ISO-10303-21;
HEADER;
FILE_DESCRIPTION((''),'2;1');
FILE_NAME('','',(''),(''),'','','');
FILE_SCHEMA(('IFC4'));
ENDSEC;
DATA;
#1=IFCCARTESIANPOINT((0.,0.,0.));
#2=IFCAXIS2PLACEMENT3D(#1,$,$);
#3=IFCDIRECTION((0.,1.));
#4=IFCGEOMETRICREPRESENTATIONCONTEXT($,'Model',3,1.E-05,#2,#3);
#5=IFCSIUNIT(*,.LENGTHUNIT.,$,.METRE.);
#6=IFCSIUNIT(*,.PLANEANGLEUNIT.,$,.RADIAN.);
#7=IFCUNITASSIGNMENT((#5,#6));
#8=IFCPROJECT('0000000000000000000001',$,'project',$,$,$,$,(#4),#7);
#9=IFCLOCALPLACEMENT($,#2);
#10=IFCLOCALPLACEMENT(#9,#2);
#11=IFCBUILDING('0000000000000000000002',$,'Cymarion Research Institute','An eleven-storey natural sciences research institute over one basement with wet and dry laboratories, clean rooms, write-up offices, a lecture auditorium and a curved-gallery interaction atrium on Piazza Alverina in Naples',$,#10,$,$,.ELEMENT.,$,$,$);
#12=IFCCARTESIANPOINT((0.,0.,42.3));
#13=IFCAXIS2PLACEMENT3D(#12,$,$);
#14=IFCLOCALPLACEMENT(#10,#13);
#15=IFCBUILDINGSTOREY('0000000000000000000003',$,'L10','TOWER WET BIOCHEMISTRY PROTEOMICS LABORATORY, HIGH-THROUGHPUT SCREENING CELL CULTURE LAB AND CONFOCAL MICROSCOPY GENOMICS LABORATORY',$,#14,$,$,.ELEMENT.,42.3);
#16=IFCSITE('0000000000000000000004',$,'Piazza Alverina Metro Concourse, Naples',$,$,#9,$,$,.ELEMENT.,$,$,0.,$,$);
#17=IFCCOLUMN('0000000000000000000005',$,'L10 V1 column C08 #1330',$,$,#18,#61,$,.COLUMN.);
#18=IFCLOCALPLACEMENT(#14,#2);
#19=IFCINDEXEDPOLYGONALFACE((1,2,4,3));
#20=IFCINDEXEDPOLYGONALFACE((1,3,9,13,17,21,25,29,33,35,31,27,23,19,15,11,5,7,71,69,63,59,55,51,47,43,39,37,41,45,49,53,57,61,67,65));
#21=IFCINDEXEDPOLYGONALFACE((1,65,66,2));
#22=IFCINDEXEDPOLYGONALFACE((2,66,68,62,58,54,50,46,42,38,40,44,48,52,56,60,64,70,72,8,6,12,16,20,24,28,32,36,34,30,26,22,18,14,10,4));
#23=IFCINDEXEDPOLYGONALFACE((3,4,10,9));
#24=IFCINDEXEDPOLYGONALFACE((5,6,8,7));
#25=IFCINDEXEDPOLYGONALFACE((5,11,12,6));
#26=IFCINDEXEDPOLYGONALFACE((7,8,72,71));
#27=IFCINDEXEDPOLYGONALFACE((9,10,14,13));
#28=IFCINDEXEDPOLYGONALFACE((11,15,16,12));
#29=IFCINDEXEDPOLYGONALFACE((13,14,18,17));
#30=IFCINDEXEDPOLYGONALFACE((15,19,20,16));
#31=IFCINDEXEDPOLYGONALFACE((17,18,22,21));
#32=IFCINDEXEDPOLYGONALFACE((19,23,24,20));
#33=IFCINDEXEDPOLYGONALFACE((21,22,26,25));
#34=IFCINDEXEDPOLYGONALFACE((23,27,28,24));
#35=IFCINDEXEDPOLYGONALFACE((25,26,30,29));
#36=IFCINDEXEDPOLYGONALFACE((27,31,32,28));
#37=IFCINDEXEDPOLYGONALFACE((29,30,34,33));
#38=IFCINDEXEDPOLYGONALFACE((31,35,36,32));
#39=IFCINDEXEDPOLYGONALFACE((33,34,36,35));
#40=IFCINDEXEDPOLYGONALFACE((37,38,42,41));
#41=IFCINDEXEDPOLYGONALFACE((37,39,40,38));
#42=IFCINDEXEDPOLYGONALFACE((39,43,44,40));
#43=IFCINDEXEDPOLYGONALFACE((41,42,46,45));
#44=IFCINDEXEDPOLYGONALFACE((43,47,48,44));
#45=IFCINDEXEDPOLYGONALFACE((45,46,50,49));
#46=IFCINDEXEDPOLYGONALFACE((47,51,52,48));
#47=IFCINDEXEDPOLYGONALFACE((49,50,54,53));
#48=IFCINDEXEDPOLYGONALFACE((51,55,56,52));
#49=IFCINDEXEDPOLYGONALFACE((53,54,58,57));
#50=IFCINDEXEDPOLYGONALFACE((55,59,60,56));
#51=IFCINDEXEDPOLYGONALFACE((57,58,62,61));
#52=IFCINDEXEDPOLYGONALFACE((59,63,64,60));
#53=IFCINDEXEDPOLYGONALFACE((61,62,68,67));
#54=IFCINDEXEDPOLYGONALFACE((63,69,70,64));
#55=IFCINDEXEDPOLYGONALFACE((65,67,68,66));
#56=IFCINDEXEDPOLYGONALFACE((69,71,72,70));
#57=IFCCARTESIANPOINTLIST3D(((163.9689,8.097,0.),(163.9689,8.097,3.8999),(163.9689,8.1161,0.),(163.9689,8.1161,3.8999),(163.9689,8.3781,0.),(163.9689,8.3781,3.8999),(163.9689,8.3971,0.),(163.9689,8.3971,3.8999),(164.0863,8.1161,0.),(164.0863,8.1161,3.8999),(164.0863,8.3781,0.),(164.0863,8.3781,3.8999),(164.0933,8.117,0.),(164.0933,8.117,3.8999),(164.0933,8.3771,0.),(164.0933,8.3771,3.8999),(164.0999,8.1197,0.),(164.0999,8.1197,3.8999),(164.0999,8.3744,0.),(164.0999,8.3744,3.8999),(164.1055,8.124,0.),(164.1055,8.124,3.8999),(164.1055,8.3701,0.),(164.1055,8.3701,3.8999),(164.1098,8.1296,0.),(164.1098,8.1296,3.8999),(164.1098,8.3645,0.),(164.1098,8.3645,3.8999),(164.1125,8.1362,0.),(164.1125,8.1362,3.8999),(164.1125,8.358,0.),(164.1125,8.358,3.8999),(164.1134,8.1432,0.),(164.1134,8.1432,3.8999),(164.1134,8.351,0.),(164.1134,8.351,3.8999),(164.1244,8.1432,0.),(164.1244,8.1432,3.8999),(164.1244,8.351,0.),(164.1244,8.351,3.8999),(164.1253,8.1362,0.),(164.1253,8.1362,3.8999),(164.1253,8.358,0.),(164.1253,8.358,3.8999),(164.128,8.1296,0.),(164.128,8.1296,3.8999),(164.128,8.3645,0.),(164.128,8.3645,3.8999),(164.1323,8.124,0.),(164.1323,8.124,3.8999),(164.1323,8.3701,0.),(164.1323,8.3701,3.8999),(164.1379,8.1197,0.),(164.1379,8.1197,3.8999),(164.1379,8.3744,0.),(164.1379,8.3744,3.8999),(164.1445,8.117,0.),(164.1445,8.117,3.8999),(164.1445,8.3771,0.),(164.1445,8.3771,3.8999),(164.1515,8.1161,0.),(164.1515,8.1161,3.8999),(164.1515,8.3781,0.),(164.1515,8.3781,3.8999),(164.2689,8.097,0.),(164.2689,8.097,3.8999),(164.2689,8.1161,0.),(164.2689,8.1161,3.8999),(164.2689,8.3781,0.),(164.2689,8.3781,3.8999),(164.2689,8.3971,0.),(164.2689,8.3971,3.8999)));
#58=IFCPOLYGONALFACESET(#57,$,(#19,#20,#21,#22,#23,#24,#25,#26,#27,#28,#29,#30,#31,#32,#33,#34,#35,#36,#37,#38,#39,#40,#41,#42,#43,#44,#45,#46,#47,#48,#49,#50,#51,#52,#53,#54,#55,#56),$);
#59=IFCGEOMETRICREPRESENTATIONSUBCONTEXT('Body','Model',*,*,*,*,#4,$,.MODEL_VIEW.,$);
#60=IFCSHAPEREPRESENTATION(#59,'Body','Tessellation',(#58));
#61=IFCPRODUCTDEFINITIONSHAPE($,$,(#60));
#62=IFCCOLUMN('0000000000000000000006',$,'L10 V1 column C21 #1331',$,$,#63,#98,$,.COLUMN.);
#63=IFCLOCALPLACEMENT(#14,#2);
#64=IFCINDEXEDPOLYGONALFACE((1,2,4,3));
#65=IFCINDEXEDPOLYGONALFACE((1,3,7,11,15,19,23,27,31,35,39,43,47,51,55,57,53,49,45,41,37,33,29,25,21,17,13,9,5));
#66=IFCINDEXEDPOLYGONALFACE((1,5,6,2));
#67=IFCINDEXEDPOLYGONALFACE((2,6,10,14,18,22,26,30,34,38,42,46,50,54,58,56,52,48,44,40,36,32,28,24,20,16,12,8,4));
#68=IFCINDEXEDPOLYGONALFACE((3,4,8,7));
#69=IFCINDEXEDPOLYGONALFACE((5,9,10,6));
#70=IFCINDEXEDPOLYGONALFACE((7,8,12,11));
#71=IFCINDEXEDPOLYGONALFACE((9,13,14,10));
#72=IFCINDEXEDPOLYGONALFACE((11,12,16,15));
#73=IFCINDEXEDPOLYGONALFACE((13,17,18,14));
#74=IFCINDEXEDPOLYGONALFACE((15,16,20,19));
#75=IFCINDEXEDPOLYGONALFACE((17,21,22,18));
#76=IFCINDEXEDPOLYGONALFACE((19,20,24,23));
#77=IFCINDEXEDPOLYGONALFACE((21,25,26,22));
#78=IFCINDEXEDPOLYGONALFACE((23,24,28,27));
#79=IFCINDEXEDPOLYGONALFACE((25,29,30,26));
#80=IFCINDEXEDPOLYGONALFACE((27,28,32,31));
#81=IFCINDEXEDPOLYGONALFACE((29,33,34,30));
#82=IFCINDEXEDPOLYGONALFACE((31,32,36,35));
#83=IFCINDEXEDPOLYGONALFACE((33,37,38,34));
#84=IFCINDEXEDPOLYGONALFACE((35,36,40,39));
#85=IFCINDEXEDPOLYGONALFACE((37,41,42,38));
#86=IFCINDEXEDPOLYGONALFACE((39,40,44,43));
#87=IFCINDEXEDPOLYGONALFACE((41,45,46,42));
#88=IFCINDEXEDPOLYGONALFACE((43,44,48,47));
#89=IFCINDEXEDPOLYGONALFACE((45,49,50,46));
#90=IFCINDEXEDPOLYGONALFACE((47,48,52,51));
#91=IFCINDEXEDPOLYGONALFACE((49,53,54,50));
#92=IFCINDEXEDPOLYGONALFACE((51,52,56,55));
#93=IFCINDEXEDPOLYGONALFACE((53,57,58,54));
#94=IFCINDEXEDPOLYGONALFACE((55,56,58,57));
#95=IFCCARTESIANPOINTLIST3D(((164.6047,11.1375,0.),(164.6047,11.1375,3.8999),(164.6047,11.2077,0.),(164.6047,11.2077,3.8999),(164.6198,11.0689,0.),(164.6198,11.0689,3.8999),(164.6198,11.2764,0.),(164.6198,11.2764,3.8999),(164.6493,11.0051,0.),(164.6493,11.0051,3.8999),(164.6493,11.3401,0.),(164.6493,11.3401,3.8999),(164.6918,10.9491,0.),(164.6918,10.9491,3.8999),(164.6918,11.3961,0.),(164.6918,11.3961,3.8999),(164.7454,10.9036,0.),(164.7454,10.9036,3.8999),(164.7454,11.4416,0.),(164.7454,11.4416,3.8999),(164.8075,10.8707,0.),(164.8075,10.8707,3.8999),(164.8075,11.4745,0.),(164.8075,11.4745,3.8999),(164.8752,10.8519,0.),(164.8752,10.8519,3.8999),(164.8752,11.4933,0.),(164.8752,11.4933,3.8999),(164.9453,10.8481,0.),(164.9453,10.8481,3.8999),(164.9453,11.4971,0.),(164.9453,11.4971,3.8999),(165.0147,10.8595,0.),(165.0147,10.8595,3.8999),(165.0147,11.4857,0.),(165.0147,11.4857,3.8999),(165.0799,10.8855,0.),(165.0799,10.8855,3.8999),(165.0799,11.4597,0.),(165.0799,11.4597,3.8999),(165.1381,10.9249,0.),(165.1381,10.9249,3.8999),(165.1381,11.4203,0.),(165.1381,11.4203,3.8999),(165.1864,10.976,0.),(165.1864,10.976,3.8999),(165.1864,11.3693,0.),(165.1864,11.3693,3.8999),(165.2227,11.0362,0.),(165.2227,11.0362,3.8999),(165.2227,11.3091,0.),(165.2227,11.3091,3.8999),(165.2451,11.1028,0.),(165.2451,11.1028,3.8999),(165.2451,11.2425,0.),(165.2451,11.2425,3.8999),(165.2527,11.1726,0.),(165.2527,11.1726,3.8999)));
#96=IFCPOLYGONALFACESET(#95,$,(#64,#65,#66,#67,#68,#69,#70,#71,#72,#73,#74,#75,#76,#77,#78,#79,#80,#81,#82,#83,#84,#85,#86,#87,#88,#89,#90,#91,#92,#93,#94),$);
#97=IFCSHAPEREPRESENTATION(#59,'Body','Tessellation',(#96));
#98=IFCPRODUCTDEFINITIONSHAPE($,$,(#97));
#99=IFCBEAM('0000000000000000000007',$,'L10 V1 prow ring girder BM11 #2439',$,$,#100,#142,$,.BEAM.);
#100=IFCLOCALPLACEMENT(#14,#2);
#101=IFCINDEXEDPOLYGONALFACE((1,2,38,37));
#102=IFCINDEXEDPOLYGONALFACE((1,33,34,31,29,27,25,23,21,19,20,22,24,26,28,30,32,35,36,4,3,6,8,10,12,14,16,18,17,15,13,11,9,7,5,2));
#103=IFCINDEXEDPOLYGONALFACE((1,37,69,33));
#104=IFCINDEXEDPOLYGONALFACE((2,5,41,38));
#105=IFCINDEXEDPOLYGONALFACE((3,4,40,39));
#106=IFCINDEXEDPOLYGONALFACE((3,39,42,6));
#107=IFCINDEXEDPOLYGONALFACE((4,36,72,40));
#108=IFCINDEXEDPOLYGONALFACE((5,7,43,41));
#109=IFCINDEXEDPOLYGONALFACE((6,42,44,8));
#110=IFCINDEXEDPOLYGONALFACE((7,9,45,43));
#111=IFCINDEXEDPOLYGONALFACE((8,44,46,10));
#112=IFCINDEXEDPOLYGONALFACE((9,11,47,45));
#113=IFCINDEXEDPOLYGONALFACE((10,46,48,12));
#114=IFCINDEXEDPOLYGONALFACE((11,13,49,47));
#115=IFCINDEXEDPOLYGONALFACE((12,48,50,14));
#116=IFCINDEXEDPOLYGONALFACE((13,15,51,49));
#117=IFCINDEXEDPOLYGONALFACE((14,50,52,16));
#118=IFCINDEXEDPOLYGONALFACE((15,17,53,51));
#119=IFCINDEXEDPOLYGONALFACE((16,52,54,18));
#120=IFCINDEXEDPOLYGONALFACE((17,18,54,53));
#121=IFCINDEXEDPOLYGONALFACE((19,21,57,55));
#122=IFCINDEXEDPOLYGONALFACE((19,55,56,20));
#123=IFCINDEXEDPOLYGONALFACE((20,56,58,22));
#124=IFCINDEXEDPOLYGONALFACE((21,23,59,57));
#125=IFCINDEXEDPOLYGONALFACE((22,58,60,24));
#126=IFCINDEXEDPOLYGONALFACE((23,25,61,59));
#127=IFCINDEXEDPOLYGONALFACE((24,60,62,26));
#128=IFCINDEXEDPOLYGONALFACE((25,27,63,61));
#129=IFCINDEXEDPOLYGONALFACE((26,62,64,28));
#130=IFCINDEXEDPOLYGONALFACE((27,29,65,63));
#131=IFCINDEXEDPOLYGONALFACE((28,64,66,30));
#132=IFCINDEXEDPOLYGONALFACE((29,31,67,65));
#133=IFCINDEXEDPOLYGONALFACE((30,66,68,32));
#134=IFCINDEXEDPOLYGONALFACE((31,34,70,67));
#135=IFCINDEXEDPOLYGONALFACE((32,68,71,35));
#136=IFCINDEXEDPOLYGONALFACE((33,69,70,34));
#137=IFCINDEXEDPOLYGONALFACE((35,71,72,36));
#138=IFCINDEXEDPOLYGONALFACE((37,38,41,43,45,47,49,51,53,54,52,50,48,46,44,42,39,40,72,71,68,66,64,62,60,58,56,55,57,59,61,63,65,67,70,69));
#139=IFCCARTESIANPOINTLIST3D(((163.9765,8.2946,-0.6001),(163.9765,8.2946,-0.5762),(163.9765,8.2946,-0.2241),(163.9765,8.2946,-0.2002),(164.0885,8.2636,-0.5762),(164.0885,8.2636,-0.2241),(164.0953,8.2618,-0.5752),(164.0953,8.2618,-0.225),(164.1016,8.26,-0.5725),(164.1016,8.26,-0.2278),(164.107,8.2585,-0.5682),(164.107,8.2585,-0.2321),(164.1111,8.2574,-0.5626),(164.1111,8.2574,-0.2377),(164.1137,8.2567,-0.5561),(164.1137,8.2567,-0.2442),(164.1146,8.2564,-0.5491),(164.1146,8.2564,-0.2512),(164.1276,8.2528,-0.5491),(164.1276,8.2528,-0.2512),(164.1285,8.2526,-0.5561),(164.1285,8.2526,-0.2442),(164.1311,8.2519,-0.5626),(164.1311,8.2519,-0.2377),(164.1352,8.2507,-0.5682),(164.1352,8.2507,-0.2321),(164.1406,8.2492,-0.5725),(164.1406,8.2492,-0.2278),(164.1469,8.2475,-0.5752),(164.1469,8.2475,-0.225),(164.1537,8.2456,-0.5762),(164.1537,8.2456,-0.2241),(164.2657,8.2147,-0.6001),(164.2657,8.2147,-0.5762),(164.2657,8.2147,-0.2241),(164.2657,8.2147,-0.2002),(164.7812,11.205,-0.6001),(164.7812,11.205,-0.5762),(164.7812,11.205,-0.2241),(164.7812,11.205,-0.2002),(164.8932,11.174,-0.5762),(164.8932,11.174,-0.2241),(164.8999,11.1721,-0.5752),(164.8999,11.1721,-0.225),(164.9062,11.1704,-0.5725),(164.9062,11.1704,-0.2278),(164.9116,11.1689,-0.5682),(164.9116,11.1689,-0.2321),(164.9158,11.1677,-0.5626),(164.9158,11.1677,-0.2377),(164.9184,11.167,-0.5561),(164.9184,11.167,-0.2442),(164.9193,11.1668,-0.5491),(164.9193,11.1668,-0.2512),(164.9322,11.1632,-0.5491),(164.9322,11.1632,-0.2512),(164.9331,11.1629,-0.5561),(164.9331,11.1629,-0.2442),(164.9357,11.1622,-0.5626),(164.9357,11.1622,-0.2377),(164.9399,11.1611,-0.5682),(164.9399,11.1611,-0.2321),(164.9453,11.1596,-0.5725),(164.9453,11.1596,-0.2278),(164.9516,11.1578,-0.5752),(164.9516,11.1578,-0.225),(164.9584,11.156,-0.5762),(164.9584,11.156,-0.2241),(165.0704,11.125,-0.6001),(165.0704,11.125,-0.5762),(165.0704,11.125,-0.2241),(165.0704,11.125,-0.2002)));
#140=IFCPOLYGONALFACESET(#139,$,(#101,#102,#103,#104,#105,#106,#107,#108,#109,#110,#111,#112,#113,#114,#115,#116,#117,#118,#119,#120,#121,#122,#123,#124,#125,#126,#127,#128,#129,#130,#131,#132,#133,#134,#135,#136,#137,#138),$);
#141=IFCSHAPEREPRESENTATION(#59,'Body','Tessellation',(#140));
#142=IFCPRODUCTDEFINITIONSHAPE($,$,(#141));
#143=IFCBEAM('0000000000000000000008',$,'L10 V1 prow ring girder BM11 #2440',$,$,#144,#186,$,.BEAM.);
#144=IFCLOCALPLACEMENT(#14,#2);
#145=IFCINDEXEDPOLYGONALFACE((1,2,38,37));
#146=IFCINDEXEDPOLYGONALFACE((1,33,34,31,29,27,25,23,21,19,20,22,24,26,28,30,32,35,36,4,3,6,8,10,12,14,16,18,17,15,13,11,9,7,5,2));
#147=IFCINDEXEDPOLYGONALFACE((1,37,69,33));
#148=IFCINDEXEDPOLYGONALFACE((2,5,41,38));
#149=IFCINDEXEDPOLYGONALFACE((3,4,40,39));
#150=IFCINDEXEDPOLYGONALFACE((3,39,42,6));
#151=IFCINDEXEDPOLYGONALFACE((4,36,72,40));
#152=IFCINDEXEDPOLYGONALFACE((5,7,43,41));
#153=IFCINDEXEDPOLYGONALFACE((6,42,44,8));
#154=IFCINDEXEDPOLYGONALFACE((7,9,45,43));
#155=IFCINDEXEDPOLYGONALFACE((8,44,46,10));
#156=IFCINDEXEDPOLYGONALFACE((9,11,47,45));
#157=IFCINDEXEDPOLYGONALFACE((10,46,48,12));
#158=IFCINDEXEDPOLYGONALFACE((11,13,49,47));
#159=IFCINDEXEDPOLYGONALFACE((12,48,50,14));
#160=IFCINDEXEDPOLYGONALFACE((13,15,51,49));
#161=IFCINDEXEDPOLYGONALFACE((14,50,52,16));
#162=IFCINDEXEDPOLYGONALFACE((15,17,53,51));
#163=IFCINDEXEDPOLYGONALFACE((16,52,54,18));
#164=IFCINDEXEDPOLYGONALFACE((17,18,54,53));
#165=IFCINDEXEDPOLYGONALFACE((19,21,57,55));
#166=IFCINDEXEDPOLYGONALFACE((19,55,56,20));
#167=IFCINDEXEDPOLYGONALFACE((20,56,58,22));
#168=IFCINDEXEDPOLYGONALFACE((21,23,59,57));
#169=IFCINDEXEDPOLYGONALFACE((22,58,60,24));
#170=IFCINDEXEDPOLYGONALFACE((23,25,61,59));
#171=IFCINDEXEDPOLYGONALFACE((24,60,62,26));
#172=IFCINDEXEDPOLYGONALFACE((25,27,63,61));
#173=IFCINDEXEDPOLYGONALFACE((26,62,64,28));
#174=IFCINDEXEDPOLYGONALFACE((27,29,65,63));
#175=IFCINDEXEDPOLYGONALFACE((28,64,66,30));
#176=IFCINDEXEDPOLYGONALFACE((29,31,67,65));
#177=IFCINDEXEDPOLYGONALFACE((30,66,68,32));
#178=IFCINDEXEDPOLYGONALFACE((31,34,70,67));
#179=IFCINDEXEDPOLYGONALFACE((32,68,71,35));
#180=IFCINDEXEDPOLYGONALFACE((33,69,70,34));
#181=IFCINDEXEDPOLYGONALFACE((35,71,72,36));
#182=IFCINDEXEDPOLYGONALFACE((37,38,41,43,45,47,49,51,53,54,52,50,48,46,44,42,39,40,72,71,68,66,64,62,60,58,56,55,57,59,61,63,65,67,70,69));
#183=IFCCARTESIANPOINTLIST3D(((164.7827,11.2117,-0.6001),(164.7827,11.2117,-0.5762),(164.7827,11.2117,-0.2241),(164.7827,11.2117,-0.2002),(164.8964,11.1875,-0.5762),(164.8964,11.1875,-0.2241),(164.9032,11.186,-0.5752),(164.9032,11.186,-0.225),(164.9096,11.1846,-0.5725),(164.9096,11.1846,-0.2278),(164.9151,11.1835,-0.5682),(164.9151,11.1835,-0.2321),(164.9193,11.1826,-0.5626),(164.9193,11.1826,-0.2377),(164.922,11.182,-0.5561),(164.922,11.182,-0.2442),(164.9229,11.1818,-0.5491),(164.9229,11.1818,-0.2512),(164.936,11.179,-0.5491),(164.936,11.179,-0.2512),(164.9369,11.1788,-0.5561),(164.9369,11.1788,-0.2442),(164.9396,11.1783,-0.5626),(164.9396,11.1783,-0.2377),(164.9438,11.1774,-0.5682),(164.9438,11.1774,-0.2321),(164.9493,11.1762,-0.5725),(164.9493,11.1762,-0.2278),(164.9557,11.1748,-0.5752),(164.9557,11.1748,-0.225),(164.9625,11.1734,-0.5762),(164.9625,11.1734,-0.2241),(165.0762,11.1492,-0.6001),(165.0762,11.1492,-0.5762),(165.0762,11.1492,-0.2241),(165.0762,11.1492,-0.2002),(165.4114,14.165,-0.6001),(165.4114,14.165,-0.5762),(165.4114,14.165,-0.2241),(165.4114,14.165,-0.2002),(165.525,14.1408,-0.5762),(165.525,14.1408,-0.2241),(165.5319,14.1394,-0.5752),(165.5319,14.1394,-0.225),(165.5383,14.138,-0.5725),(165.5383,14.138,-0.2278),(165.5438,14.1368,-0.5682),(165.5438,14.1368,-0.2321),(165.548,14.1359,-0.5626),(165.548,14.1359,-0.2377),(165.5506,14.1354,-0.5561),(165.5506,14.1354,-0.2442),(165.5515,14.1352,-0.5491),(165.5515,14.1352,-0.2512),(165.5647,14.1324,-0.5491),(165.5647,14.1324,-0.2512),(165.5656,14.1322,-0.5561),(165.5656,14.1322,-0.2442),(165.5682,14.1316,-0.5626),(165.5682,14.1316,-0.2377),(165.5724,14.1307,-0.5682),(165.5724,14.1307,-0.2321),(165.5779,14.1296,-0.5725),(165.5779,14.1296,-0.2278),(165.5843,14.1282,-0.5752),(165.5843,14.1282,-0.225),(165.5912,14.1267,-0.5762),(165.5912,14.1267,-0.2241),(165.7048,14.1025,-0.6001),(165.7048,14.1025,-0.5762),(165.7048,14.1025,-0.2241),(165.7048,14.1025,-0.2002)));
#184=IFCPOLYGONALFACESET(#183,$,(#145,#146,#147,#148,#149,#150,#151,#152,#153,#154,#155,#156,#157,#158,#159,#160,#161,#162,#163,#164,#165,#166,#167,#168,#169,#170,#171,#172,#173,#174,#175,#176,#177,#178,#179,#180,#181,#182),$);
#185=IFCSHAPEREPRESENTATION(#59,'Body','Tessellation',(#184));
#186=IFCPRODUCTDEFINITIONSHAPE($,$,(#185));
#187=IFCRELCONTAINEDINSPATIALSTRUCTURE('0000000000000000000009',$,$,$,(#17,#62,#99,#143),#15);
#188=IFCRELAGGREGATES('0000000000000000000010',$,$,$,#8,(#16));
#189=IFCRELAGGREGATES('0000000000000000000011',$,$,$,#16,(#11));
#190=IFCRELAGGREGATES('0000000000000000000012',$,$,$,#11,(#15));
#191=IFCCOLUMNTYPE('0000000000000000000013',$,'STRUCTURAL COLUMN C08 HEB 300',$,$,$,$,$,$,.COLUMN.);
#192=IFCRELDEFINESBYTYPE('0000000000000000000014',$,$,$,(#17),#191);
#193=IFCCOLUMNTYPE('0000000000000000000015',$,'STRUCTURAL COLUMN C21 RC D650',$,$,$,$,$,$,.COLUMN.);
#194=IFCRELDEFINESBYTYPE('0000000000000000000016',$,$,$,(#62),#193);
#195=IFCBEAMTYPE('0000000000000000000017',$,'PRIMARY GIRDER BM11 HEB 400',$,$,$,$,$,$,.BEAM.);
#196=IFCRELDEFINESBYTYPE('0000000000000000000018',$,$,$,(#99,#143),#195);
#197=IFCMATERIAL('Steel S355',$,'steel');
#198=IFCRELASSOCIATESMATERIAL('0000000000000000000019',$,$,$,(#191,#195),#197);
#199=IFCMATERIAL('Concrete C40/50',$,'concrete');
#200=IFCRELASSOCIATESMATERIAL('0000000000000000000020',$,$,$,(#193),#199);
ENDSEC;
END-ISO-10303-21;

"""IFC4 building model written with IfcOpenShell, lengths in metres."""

from ifc_helpers import new_model, si_unit, direction, frame, origin, origin_2d, place, context, subcontext, project, spatial, circle, i_section, extrude, material, material_profile, profile_set, type_object, element, save


model = new_model("IFC4")

# Units and contexts
model_context = context("Model", 3, precision=1e-05, world=origin(), true_north=direction((0.0, 1.0)))
body_context = subcontext(model_context, "Body", "Model", "MODEL_VIEW")
ifc_project = project(units=[si_unit("LENGTHUNIT", "METRE"), si_unit("PLANEANGLEUNIT", "RADIAN")], contexts=[model_context])

# Site, building, storey
site_placement = place(None, origin())
site = spatial("IfcSite", under=ifc_project, at=site_placement, Name="Piazza Alverina Metro Concourse, Naples", CompositionType="ELEMENT", RefElevation=0.0)
building_placement = place(site_placement, origin())
building = spatial("IfcBuilding", under=site, at=building_placement, Name="Cymarion Research Institute", Description="An eleven-storey natural sciences research institute over one basement with wet and dry laboratories, clean rooms, write-up offices, a lecture auditorium and a curved-gallery interaction atrium on Piazza Alverina in Naples", CompositionType="ELEMENT")
storey_placement = place(building_placement, frame((0.0, 0.0, 42.3)))
storey = spatial("IfcBuildingStorey", under=building, at=storey_placement, Name="L10", Description="TOWER WET BIOCHEMISTRY PROTEOMICS LABORATORY, HIGH-THROUGHPUT SCREENING CELL CULTURE LAB AND CONFOCAL MICROSCOPY GENOMICS LABORATORY", CompositionType="ELEMENT", Elevation=42.3)

# Columns
ifc_material_1 = material(Name="Steel S355", Category="steel")
ifc_material_profile_1 = material_profile(ifc_material_1, i_section(OverallWidth=0.3, OverallDepth=0.3, WebThickness=0.011, FlangeThickness=0.019, FilletRadius=0.0271, at=origin_2d()), Name="HEB 300")
ifc_profile_set_1 = profile_set([ifc_material_profile_1], Name="Steel S355")
column_type_1 = type_object("IfcColumnType", Name="STRUCTURAL COLUMN C08 HEB 300", PredefinedType="COLUMN", material=ifc_profile_set_1)
column_1_placement = place(storey_placement, frame((164.1189, 8.2471, 0.0), z_axis=(0.0, 0.0, 1.0), x_axis=(1.0, 0.0, 0.0)))
element("IfcColumn", 1, at=column_1_placement, inside=storey, type_object=column_type_1, Name="L10 V1 column C08 #1330", PredefinedType="COLUMN", context=body_context, shape_type="SweptSolid", body=[
    extrude(i_section(OverallWidth=0.3, OverallDepth=0.3, WebThickness=0.011, FlangeThickness=0.019, FilletRadius=0.0271, at=origin_2d()), origin(), (0.0, 0.0, 1.0), 3.8999),
])
ifc_material_2 = material(Name="Concrete C40/50", Category="concrete")
ifc_material_profile_2 = material_profile(ifc_material_2, circle(Radius=0.325, at=origin_2d()), Name="RC D650")
ifc_profile_set_2 = profile_set([ifc_material_profile_2], Name="Concrete C40/50")
column_type_2 = type_object("IfcColumnType", Name="STRUCTURAL COLUMN C21 RC D650", PredefinedType="COLUMN", material=ifc_profile_set_2)
column_2_placement = place(storey_placement, frame((164.9277, 11.1726, 0.0), z_axis=(0.0, 0.0, 1.0), x_axis=(1.0, 0.0, 0.0)))
element("IfcColumn", 2, at=column_2_placement, inside=storey, type_object=column_type_2, Name="L10 V1 column C21 #1331", PredefinedType="COLUMN", context=body_context, shape_type="SweptSolid", body=[
    extrude(circle(Radius=0.325, at=origin_2d()), origin(), (0.0, 0.0, 1.0), 3.8999),
])

# Beams
ifc_material_profile_3 = material_profile(ifc_material_1, i_section(OverallWidth=0.3, OverallDepth=0.3999, WebThickness=0.0134, FlangeThickness=0.0239, FilletRadius=0.0271, at=origin_2d()), Name="HEB 400")
ifc_profile_set_3 = profile_set([ifc_material_profile_3], Name="Steel S355")
beam_type = type_object("IfcBeamType", Name="PRIMARY GIRDER BM11 HEB 400", PredefinedType="BEAM", material=ifc_profile_set_3)
for number, where, z_axis, x_axis, name in (
    (3, (164.1211, 8.2546, -0.4001), (0.266489, 0.963838, 0.0), (-0.963838, 0.266489, 0.0), "L10 V1 prow ring girder BM11 #2439"),
    (4, (164.9294, 11.1804, -0.4001), (0.208198, 0.978087, 0.0), (-0.978087, 0.208198, 0.0), "L10 V1 prow ring girder BM11 #2440"),
):
    element("IfcBeam", number, at=place(storey_placement, frame(where, z_axis=z_axis, x_axis=x_axis)), inside=storey, type_object=beam_type, Name=name, PredefinedType="BEAM", context=body_context, shape_type="SweptSolid", body=[
        extrude(i_section(OverallWidth=0.3, OverallDepth=0.3999, WebThickness=0.0134, FlangeThickness=0.0239, FilletRadius=0.0271, at=origin_2d()), origin(), (0.0, 0.0, 1.0), 3.0195),
    ])

save(model, "model.ifc")
